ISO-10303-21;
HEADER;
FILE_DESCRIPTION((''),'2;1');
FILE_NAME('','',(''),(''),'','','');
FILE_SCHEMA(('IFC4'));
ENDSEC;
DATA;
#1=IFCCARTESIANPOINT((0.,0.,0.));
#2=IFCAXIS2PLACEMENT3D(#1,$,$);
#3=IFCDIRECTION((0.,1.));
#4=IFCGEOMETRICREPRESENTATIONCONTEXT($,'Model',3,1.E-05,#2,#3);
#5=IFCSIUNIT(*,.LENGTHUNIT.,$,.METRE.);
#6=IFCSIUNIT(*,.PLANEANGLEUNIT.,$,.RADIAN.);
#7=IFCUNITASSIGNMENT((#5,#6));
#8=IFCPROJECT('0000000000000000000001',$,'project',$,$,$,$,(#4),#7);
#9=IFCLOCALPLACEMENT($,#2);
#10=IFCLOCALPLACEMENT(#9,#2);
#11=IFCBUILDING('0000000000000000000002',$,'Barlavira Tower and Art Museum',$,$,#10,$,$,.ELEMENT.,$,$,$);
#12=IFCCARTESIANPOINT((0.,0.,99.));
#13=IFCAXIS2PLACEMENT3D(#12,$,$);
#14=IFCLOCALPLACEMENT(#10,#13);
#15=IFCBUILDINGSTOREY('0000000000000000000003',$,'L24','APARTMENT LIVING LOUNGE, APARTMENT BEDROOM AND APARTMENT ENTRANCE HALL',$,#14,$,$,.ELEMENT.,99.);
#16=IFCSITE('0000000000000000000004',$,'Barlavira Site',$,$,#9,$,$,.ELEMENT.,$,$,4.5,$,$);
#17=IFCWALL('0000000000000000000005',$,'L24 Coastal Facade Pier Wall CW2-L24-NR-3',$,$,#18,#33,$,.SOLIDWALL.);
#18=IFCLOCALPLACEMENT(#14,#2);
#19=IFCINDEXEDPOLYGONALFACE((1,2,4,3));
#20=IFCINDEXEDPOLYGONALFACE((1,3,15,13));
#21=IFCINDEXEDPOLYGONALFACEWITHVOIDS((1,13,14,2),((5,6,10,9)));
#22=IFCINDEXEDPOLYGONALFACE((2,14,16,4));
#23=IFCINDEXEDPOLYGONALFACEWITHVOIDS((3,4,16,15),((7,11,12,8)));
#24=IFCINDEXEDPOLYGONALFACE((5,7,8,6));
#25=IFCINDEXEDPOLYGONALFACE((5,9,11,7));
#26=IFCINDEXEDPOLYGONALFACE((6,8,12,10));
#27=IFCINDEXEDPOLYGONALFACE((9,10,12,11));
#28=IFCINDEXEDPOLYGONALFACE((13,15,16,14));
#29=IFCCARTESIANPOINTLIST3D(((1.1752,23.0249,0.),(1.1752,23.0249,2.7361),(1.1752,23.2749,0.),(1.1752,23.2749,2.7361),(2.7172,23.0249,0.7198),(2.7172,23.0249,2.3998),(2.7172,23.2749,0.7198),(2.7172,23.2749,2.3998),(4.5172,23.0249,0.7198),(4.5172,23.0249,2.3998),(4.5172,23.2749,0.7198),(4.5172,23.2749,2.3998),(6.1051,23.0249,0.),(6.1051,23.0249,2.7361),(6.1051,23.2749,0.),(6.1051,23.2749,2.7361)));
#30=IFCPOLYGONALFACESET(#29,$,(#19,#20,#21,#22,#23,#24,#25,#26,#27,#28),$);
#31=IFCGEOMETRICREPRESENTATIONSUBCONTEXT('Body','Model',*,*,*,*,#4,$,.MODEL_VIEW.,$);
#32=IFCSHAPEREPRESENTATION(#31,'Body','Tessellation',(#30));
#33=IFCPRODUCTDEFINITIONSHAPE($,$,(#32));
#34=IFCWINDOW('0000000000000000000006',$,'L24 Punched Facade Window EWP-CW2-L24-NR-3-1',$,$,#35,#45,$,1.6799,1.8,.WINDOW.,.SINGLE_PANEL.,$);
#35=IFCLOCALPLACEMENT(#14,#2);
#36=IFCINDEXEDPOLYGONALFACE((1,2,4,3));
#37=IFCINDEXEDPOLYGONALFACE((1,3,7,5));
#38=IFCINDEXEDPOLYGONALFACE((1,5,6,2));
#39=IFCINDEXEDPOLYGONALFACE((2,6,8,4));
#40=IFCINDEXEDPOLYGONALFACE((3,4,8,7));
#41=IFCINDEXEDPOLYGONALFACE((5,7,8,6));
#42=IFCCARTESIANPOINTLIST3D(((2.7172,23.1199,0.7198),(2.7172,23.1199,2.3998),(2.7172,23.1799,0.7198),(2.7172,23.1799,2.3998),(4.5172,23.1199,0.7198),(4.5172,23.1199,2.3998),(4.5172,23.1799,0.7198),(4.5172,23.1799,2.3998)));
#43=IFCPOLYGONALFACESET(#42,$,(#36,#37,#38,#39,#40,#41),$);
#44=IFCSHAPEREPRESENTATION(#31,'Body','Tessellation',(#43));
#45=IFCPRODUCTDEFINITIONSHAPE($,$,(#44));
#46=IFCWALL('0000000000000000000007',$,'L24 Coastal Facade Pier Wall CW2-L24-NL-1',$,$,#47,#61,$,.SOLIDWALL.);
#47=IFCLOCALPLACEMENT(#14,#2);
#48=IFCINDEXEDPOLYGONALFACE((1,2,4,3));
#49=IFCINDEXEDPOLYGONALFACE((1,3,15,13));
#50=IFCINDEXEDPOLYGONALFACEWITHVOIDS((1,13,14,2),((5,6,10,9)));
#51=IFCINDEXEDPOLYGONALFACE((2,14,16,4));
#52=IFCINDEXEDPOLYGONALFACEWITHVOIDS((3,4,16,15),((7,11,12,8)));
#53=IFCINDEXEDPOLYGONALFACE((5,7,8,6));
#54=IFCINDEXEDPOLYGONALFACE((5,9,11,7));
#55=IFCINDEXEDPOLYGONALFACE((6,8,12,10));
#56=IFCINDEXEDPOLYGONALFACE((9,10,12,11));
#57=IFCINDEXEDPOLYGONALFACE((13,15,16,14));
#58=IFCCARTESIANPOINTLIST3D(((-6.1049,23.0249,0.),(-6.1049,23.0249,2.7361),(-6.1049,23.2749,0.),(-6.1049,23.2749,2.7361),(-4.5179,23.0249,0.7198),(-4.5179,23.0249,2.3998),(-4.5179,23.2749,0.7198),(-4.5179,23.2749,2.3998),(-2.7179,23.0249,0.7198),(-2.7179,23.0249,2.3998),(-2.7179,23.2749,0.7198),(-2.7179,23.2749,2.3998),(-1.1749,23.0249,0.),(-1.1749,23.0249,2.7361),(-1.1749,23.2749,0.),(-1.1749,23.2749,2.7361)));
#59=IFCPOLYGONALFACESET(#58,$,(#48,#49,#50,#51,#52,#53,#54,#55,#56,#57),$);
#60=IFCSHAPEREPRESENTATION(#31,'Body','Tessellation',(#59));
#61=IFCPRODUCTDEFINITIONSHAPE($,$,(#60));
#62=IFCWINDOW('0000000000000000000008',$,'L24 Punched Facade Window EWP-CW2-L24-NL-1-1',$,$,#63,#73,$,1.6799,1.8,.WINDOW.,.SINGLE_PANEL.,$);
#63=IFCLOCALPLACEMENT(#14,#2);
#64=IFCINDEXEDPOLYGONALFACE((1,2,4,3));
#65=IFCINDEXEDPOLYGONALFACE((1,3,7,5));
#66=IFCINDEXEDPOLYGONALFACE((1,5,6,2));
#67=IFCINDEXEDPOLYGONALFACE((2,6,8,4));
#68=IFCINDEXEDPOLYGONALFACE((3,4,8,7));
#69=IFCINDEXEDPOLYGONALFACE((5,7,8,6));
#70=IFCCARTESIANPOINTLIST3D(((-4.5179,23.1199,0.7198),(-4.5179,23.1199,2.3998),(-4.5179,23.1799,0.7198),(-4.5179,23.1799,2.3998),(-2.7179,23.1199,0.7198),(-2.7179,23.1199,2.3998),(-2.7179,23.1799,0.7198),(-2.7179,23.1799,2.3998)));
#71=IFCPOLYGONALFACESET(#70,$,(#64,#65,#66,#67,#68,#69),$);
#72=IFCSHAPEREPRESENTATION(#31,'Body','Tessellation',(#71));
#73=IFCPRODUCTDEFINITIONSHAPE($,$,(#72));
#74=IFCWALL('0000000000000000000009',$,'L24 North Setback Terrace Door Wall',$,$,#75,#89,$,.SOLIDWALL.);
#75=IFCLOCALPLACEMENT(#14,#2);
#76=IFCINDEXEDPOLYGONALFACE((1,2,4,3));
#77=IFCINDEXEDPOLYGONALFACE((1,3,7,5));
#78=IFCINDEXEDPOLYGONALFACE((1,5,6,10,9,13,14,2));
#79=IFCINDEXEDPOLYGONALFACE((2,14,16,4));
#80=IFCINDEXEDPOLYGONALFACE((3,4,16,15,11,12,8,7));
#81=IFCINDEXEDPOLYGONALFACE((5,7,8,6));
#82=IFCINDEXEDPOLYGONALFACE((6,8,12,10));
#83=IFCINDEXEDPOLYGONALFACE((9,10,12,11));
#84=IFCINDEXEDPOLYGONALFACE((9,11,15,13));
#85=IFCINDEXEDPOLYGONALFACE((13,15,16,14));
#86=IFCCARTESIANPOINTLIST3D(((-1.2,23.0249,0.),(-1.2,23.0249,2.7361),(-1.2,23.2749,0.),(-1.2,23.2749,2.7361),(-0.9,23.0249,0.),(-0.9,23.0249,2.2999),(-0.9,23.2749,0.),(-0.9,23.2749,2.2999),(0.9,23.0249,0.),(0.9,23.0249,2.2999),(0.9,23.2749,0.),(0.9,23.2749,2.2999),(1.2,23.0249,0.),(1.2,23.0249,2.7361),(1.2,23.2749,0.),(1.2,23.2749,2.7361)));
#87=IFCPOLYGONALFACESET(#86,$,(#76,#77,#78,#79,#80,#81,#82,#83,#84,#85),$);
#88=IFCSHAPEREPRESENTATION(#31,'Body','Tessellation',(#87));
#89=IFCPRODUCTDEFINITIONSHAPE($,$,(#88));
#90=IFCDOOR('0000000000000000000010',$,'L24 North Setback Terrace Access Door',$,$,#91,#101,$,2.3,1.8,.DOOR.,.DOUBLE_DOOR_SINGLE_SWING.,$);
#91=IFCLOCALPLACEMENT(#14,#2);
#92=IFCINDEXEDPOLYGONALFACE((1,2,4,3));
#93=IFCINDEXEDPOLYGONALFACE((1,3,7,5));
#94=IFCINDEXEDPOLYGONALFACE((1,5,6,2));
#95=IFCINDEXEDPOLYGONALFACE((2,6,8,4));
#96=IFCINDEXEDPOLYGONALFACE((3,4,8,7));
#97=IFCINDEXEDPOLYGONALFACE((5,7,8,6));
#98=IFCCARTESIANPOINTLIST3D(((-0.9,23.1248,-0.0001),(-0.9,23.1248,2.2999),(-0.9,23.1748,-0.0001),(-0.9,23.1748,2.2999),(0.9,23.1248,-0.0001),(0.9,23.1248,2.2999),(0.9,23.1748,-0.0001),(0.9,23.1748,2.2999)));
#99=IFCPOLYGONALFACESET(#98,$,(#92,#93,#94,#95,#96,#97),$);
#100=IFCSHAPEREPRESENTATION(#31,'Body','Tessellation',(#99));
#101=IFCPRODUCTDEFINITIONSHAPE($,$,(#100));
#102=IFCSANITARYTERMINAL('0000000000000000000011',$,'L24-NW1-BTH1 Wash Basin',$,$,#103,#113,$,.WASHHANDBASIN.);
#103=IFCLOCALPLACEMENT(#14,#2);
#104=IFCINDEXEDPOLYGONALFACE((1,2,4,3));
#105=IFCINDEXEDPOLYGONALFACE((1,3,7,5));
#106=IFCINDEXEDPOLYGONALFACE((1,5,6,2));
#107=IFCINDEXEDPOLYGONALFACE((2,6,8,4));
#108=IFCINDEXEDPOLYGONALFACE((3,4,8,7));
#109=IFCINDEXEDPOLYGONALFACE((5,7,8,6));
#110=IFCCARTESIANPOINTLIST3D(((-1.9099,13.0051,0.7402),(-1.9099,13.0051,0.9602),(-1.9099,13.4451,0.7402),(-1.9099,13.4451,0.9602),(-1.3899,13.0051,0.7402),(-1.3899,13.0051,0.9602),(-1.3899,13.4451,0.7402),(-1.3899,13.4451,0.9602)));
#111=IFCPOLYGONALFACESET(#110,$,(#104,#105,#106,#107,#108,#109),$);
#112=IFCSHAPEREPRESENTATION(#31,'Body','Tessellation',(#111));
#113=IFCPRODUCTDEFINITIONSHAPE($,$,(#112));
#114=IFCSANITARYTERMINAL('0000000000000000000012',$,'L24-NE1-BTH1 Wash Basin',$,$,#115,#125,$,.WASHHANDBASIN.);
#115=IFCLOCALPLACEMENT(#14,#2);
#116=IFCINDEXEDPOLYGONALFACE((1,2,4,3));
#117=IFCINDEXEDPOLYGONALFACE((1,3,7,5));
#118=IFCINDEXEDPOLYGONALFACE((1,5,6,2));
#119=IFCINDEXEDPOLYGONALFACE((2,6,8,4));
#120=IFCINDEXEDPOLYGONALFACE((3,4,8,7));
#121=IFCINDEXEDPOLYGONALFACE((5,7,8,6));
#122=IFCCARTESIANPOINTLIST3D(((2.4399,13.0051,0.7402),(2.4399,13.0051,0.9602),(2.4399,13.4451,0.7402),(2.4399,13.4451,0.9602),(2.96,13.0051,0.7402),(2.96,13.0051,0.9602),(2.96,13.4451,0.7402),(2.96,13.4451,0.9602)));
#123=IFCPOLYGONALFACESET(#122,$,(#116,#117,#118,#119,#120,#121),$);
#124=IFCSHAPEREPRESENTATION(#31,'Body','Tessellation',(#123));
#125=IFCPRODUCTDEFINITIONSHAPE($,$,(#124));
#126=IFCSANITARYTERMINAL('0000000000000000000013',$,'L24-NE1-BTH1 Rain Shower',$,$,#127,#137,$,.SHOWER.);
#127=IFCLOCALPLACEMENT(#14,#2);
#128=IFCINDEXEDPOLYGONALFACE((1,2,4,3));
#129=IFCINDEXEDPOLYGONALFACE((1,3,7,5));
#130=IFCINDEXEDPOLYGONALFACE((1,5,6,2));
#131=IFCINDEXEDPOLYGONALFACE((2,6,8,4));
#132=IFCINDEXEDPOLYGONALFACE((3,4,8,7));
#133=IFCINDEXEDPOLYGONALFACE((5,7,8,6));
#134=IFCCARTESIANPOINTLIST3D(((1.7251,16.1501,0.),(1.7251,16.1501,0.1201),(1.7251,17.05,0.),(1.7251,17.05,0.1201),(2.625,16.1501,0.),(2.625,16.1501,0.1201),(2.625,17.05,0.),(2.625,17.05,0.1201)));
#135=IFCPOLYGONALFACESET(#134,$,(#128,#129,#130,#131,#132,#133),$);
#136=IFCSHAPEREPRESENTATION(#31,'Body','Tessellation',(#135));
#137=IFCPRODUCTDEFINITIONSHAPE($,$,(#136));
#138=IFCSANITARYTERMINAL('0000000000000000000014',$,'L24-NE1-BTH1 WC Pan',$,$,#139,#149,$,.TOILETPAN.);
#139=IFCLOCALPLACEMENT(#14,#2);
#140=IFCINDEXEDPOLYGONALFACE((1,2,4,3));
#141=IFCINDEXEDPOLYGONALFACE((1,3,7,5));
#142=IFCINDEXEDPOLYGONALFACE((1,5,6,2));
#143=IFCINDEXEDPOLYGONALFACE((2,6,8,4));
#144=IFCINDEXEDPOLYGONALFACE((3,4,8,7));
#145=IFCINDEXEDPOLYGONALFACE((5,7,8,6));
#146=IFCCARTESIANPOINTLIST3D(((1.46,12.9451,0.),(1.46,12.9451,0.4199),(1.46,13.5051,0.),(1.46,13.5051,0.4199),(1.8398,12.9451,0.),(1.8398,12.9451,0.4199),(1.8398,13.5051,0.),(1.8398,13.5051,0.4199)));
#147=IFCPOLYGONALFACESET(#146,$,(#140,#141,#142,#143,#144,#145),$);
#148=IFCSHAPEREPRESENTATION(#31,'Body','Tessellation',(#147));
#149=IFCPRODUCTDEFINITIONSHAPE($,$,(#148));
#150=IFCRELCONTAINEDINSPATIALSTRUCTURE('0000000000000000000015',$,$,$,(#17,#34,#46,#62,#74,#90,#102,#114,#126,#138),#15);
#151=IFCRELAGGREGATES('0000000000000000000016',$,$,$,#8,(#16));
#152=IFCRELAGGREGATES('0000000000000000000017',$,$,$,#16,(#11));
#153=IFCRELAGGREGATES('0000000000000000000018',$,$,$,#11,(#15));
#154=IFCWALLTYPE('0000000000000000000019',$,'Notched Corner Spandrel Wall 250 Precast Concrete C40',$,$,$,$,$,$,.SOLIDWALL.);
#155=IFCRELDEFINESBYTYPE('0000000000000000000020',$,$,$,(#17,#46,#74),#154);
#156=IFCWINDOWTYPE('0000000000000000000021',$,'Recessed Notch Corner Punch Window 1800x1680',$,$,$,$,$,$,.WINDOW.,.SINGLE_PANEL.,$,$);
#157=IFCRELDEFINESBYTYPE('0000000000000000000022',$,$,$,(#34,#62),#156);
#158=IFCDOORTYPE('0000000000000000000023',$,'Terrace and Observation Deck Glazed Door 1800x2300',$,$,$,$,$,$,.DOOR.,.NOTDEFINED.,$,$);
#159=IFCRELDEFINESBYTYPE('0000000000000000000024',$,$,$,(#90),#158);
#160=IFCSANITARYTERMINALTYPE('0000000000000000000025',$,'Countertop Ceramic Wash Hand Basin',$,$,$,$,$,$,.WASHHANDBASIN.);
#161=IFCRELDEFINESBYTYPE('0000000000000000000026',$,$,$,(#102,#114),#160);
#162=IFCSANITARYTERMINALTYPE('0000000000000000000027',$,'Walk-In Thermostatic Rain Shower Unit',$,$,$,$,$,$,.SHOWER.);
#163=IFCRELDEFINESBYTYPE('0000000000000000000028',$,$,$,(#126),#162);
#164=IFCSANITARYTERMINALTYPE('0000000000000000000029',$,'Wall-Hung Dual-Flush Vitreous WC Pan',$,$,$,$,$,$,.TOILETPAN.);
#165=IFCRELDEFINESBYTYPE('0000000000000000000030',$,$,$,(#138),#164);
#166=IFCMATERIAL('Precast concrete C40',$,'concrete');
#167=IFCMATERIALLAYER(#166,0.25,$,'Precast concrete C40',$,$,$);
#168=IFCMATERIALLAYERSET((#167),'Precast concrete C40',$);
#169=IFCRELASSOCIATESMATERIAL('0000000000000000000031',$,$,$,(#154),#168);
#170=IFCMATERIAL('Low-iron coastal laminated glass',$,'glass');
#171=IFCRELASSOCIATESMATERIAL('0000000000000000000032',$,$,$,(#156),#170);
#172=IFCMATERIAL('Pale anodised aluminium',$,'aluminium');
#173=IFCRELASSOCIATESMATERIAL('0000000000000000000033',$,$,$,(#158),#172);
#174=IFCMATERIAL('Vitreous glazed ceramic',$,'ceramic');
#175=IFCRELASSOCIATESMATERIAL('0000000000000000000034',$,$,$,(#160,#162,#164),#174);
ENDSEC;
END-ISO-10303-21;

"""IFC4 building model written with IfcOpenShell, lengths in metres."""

from ifc_helpers import new_model, si_unit, direction, frame, frame_2d, origin, origin_2d, place, context, subcontext, project, spatial, rectangle, extrude, material, layer, layer_set, type_object, element, fill, save


model = new_model("IFC4")

# Units and contexts
model_context = context("Model", 3, precision=1e-05, world=origin(), true_north=direction((0.0, 1.0)))
body_context = subcontext(model_context, "Body", "Model", "MODEL_VIEW")
ifc_project = project(units=[si_unit("LENGTHUNIT", "METRE"), si_unit("PLANEANGLEUNIT", "RADIAN")], contexts=[model_context])

# Site, building, storey
site_placement = place(None, origin())
site = spatial("IfcSite", under=ifc_project, at=site_placement, Name="Barlavira Site", CompositionType="ELEMENT", RefElevation=4.5)
building_placement = place(site_placement, origin())
building = spatial("IfcBuilding", under=site, at=building_placement, Name="Barlavira Tower and Art Museum", CompositionType="ELEMENT")
storey_placement = place(building_placement, frame((0.0, 0.0, 99.0)))
storey = spatial("IfcBuildingStorey", under=building, at=storey_placement, Name="L24", Description="APARTMENT LIVING LOUNGE, APARTMENT BEDROOM AND APARTMENT ENTRANCE HALL", CompositionType="ELEMENT", Elevation=99.0)

# Walls, openings, windows
ifc_material_1 = material(Name="Precast concrete C40", Category="concrete")
ifc_layer_1 = layer(ifc_material_1, 0.25, Name="Precast concrete C40")
ifc_layer_set_1 = layer_set([ifc_layer_1], Name="Precast concrete C40")
wall_type_1 = type_object("IfcWallType", Name="Notched Corner Spandrel Wall 250 Precast Concrete C40", PredefinedType="SOLIDWALL", material=ifc_layer_set_1)
wall_1_placement = place(storey_placement, frame((6.105, 23.1499, 0.0), z_axis=(0.0, 0.0, 1.0), x_axis=(-1.0, 0.0, 0.0)))
wall_1 = element("IfcWall", 1, at=wall_1_placement, inside=storey, type_object=wall_type_1, Name="L24 Coastal Facade Pier Wall CW2-L24-NR-3", PredefinedType="SOLIDWALL", context=body_context, shape_type="SweptSolid", body=[
    extrude(rectangle(XDim=4.9299, YDim=0.25, at=frame_2d((2.4648, 0.0))), origin(), (0.0, 0.0, 1.0), 2.7361),
])
opening_1_placement = place(wall_1_placement, frame((1.5879, 0.0, 0.72)))
opening_1 = element("IfcOpeningElement", 2, at=opening_1_placement, cuts=wall_1, PredefinedType="OPENING", context=body_context, shape_type="SweptSolid", body=[
    extrude(rectangle(XDim=1.8, YDim=1.6799, at=frame_2d((0.8999, 0.8398))), frame((0.0, 0.135, 0.0), z_axis=(0.0, -1.0, 0.0), x_axis=(1.0, 0.0, 0.0)), (0.0, 0.0, 1.0), 0.27),
])
ifc_material_2 = material(Name="Low-iron coastal laminated glass", Category="glass")
window_type = type_object("IfcWindowType", Name="Recessed Notch Corner Punch Window 1800x1680", PartitioningType="SINGLE_PANEL", PredefinedType="WINDOW", material=ifc_material_2)
window_1_placement = place(opening_1_placement, origin())
window_1 = element("IfcWindow", 3, at=window_1_placement, inside=storey, type_object=window_type, Name="L24 Punched Facade Window EWP-CW2-L24-NR-3-1", OverallHeight=1.6799, OverallWidth=1.8, PartitioningType="SINGLE_PANEL", PredefinedType="WINDOW", context=body_context, shape_type="SweptSolid", body=[
    extrude(rectangle(XDim=1.8, YDim=1.6799, at=frame_2d((0.8999, 0.8398))), frame((0.0, 0.03, 0.0), z_axis=(0.0, -1.0, 0.0), x_axis=(1.0, 0.0, 0.0)), (0.0, 0.0, 1.0), 0.0601),
])
fill(opening_1, window_1)
wall_2_placement = place(storey_placement, frame((-1.175, 23.1499, 0.0), z_axis=(0.0, 0.0, 1.0), x_axis=(-1.0, 0.0, 0.0)))
wall_2 = element("IfcWall", 4, at=wall_2_placement, inside=storey, type_object=wall_type_1, Name="L24 Coastal Facade Pier Wall CW2-L24-NL-1", PredefinedType="SOLIDWALL", context=body_context, shape_type="SweptSolid", body=[
    extrude(rectangle(XDim=4.9299, YDim=0.25, at=frame_2d((2.4648, 0.0))), origin(), (0.0, 0.0, 1.0), 2.7361),
])
opening_2_placement = place(wall_2_placement, frame((1.543, 0.0, 0.72)))
opening_2 = element("IfcOpeningElement", 5, at=opening_2_placement, cuts=wall_2, PredefinedType="OPENING", context=body_context, shape_type="SweptSolid", body=[
    extrude(rectangle(XDim=1.8, YDim=1.6799, at=frame_2d((0.8999, 0.8398))), frame((0.0, 0.135, 0.0), z_axis=(0.0, -1.0, 0.0), x_axis=(1.0, 0.0, 0.0)), (0.0, 0.0, 1.0), 0.27),
])
window_2_placement = place(opening_2_placement, origin())
window_2 = element("IfcWindow", 6, at=window_2_placement, inside=storey, type_object=window_type, Name="L24 Punched Facade Window EWP-CW2-L24-NL-1-1", OverallHeight=1.6799, OverallWidth=1.8, PartitioningType="SINGLE_PANEL", PredefinedType="WINDOW", context=body_context, shape_type="SweptSolid", body=[
    extrude(rectangle(XDim=1.8, YDim=1.6799, at=frame_2d((0.8999, 0.8398))), frame((0.0, 0.03, 0.0), z_axis=(0.0, -1.0, 0.0), x_axis=(1.0, 0.0, 0.0)), (0.0, 0.0, 1.0), 0.0601),
])
fill(opening_2, window_2)

# Wall, opening, door
wall_3_placement = place(storey_placement, frame((-1.2, 23.1499, 0.0), z_axis=(0.0, 0.0, 1.0), x_axis=(1.0, 0.0, 0.0)))
wall_3 = element("IfcWall", 7, at=wall_3_placement, inside=storey, type_object=wall_type_1, Name="L24 North Setback Terrace Door Wall", PredefinedType="SOLIDWALL", context=body_context, shape_type="SweptSolid", body=[
    extrude(rectangle(XDim=2.3999, YDim=0.25, at=frame_2d((1.2, 0.0))), origin(), (0.0, 0.0, 1.0), 2.7361),
])
opening_3_placement = place(wall_3_placement, frame((0.3, 0.0, 0.0)))
opening_3 = element("IfcOpeningElement", 8, at=opening_3_placement, cuts=wall_3, PredefinedType="OPENING", context=body_context, shape_type="SweptSolid", body=[
    extrude(rectangle(XDim=1.8, YDim=2.3, at=frame_2d((0.8999, 1.1499))), frame((0.0, 0.135, 0.0), z_axis=(0.0, -1.0, 0.0), x_axis=(1.0, 0.0, 0.0)), (0.0, 0.0, 1.0), 0.27),
])
ifc_material_3 = material(Name="Pale anodised aluminium", Category="aluminium")
door_type_1 = type_object("IfcDoorType", Name="Terrace and Observation Deck Glazed Door 1800x2300", OperationType="NOTDEFINED", PredefinedType="DOOR", material=ifc_material_3)
door_1_placement = place(opening_3_placement, origin())
door_1 = element("IfcDoor", 9, at=door_1_placement, inside=storey, type_object=door_type_1, Name="L24 North Setback Terrace Access Door", OperationType="DOUBLE_DOOR_SINGLE_SWING", OverallHeight=2.3, OverallWidth=1.8, PredefinedType="DOOR", context=body_context, shape_type="SweptSolid", body=[
    extrude(rectangle(XDim=1.8, YDim=2.3, at=frame_2d((0.8999, 1.1499))), frame((0.0, 0.0249, 0.0), z_axis=(0.0, -1.0, 0.0), x_axis=(1.0, 0.0, 0.0)), (0.0, 0.0, 1.0), 0.05),
])
fill(opening_3, door_1)

# Sanitary terminals
ifc_material_4 = material(Name="Vitreous glazed ceramic", Category="ceramic")
sanitary_terminal_type_1 = type_object("IfcSanitaryTerminalType", Name="Countertop Ceramic Wash Hand Basin", PredefinedType="WASHHANDBASIN", material=ifc_material_4)
for number, where, z_axis, x_axis, name in (
    (10, (-1.6499, 13.2251, 0.7402), (0.0, 0.0, 1.0), (1.0, 0.0, 0.0), "L24-NW1-BTH1 Wash Basin"),
    (11, (2.7, 13.2251, 0.7402), (0.0, 0.0, 1.0), (1.0, 0.0, 0.0), "L24-NE1-BTH1 Wash Basin"),
):
    element("IfcSanitaryTerminal", number, at=place(storey_placement, frame(where, z_axis=z_axis, x_axis=x_axis)), inside=storey, type_object=sanitary_terminal_type_1, Name=name, PredefinedType="WASHHANDBASIN", context=body_context, shape_type="SweptSolid", body=[
        extrude(rectangle(XDim=0.52, YDim=0.4399, at=origin_2d()), origin(), (0.0, 0.0, 1.0), 0.22),
    ])
sanitary_terminal_type_2 = type_object("IfcSanitaryTerminalType", Name="Walk-In Thermostatic Rain Shower Unit", PredefinedType="SHOWER", material=ifc_material_4)
sanitary_terminal_1_placement = place(storey_placement, frame((2.175, 16.6001, 0.0), z_axis=(0.0, 0.0, 1.0), x_axis=(1.0, 0.0, 0.0)))
element("IfcSanitaryTerminal", 12, at=sanitary_terminal_1_placement, inside=storey, type_object=sanitary_terminal_type_2, Name="L24-NE1-BTH1 Rain Shower", PredefinedType="SHOWER", context=body_context, shape_type="SweptSolid", body=[
    extrude(rectangle(XDim=0.8999, YDim=0.8999, at=origin_2d()), origin(), (0.0, 0.0, 1.0), 0.1201),
])
sanitary_terminal_type_3 = type_object("IfcSanitaryTerminalType", Name="Wall-Hung Dual-Flush Vitreous WC Pan", PredefinedType="TOILETPAN", material=ifc_material_4)
sanitary_terminal_2_placement = place(storey_placement, frame((1.6499, 13.2251, 0.0), z_axis=(0.0, 0.0, 1.0), x_axis=(1.0, 0.0, 0.0)))
element("IfcSanitaryTerminal", 13, at=sanitary_terminal_2_placement, inside=storey, type_object=sanitary_terminal_type_3, Name="L24-NE1-BTH1 WC Pan", PredefinedType="TOILETPAN", context=body_context, shape_type="SweptSolid", body=[
    extrude(rectangle(XDim=0.3799, YDim=0.5601, at=origin_2d()), origin(), (0.0, 0.0, 1.0), 0.4199),
])

save(model, "model.ifc")
